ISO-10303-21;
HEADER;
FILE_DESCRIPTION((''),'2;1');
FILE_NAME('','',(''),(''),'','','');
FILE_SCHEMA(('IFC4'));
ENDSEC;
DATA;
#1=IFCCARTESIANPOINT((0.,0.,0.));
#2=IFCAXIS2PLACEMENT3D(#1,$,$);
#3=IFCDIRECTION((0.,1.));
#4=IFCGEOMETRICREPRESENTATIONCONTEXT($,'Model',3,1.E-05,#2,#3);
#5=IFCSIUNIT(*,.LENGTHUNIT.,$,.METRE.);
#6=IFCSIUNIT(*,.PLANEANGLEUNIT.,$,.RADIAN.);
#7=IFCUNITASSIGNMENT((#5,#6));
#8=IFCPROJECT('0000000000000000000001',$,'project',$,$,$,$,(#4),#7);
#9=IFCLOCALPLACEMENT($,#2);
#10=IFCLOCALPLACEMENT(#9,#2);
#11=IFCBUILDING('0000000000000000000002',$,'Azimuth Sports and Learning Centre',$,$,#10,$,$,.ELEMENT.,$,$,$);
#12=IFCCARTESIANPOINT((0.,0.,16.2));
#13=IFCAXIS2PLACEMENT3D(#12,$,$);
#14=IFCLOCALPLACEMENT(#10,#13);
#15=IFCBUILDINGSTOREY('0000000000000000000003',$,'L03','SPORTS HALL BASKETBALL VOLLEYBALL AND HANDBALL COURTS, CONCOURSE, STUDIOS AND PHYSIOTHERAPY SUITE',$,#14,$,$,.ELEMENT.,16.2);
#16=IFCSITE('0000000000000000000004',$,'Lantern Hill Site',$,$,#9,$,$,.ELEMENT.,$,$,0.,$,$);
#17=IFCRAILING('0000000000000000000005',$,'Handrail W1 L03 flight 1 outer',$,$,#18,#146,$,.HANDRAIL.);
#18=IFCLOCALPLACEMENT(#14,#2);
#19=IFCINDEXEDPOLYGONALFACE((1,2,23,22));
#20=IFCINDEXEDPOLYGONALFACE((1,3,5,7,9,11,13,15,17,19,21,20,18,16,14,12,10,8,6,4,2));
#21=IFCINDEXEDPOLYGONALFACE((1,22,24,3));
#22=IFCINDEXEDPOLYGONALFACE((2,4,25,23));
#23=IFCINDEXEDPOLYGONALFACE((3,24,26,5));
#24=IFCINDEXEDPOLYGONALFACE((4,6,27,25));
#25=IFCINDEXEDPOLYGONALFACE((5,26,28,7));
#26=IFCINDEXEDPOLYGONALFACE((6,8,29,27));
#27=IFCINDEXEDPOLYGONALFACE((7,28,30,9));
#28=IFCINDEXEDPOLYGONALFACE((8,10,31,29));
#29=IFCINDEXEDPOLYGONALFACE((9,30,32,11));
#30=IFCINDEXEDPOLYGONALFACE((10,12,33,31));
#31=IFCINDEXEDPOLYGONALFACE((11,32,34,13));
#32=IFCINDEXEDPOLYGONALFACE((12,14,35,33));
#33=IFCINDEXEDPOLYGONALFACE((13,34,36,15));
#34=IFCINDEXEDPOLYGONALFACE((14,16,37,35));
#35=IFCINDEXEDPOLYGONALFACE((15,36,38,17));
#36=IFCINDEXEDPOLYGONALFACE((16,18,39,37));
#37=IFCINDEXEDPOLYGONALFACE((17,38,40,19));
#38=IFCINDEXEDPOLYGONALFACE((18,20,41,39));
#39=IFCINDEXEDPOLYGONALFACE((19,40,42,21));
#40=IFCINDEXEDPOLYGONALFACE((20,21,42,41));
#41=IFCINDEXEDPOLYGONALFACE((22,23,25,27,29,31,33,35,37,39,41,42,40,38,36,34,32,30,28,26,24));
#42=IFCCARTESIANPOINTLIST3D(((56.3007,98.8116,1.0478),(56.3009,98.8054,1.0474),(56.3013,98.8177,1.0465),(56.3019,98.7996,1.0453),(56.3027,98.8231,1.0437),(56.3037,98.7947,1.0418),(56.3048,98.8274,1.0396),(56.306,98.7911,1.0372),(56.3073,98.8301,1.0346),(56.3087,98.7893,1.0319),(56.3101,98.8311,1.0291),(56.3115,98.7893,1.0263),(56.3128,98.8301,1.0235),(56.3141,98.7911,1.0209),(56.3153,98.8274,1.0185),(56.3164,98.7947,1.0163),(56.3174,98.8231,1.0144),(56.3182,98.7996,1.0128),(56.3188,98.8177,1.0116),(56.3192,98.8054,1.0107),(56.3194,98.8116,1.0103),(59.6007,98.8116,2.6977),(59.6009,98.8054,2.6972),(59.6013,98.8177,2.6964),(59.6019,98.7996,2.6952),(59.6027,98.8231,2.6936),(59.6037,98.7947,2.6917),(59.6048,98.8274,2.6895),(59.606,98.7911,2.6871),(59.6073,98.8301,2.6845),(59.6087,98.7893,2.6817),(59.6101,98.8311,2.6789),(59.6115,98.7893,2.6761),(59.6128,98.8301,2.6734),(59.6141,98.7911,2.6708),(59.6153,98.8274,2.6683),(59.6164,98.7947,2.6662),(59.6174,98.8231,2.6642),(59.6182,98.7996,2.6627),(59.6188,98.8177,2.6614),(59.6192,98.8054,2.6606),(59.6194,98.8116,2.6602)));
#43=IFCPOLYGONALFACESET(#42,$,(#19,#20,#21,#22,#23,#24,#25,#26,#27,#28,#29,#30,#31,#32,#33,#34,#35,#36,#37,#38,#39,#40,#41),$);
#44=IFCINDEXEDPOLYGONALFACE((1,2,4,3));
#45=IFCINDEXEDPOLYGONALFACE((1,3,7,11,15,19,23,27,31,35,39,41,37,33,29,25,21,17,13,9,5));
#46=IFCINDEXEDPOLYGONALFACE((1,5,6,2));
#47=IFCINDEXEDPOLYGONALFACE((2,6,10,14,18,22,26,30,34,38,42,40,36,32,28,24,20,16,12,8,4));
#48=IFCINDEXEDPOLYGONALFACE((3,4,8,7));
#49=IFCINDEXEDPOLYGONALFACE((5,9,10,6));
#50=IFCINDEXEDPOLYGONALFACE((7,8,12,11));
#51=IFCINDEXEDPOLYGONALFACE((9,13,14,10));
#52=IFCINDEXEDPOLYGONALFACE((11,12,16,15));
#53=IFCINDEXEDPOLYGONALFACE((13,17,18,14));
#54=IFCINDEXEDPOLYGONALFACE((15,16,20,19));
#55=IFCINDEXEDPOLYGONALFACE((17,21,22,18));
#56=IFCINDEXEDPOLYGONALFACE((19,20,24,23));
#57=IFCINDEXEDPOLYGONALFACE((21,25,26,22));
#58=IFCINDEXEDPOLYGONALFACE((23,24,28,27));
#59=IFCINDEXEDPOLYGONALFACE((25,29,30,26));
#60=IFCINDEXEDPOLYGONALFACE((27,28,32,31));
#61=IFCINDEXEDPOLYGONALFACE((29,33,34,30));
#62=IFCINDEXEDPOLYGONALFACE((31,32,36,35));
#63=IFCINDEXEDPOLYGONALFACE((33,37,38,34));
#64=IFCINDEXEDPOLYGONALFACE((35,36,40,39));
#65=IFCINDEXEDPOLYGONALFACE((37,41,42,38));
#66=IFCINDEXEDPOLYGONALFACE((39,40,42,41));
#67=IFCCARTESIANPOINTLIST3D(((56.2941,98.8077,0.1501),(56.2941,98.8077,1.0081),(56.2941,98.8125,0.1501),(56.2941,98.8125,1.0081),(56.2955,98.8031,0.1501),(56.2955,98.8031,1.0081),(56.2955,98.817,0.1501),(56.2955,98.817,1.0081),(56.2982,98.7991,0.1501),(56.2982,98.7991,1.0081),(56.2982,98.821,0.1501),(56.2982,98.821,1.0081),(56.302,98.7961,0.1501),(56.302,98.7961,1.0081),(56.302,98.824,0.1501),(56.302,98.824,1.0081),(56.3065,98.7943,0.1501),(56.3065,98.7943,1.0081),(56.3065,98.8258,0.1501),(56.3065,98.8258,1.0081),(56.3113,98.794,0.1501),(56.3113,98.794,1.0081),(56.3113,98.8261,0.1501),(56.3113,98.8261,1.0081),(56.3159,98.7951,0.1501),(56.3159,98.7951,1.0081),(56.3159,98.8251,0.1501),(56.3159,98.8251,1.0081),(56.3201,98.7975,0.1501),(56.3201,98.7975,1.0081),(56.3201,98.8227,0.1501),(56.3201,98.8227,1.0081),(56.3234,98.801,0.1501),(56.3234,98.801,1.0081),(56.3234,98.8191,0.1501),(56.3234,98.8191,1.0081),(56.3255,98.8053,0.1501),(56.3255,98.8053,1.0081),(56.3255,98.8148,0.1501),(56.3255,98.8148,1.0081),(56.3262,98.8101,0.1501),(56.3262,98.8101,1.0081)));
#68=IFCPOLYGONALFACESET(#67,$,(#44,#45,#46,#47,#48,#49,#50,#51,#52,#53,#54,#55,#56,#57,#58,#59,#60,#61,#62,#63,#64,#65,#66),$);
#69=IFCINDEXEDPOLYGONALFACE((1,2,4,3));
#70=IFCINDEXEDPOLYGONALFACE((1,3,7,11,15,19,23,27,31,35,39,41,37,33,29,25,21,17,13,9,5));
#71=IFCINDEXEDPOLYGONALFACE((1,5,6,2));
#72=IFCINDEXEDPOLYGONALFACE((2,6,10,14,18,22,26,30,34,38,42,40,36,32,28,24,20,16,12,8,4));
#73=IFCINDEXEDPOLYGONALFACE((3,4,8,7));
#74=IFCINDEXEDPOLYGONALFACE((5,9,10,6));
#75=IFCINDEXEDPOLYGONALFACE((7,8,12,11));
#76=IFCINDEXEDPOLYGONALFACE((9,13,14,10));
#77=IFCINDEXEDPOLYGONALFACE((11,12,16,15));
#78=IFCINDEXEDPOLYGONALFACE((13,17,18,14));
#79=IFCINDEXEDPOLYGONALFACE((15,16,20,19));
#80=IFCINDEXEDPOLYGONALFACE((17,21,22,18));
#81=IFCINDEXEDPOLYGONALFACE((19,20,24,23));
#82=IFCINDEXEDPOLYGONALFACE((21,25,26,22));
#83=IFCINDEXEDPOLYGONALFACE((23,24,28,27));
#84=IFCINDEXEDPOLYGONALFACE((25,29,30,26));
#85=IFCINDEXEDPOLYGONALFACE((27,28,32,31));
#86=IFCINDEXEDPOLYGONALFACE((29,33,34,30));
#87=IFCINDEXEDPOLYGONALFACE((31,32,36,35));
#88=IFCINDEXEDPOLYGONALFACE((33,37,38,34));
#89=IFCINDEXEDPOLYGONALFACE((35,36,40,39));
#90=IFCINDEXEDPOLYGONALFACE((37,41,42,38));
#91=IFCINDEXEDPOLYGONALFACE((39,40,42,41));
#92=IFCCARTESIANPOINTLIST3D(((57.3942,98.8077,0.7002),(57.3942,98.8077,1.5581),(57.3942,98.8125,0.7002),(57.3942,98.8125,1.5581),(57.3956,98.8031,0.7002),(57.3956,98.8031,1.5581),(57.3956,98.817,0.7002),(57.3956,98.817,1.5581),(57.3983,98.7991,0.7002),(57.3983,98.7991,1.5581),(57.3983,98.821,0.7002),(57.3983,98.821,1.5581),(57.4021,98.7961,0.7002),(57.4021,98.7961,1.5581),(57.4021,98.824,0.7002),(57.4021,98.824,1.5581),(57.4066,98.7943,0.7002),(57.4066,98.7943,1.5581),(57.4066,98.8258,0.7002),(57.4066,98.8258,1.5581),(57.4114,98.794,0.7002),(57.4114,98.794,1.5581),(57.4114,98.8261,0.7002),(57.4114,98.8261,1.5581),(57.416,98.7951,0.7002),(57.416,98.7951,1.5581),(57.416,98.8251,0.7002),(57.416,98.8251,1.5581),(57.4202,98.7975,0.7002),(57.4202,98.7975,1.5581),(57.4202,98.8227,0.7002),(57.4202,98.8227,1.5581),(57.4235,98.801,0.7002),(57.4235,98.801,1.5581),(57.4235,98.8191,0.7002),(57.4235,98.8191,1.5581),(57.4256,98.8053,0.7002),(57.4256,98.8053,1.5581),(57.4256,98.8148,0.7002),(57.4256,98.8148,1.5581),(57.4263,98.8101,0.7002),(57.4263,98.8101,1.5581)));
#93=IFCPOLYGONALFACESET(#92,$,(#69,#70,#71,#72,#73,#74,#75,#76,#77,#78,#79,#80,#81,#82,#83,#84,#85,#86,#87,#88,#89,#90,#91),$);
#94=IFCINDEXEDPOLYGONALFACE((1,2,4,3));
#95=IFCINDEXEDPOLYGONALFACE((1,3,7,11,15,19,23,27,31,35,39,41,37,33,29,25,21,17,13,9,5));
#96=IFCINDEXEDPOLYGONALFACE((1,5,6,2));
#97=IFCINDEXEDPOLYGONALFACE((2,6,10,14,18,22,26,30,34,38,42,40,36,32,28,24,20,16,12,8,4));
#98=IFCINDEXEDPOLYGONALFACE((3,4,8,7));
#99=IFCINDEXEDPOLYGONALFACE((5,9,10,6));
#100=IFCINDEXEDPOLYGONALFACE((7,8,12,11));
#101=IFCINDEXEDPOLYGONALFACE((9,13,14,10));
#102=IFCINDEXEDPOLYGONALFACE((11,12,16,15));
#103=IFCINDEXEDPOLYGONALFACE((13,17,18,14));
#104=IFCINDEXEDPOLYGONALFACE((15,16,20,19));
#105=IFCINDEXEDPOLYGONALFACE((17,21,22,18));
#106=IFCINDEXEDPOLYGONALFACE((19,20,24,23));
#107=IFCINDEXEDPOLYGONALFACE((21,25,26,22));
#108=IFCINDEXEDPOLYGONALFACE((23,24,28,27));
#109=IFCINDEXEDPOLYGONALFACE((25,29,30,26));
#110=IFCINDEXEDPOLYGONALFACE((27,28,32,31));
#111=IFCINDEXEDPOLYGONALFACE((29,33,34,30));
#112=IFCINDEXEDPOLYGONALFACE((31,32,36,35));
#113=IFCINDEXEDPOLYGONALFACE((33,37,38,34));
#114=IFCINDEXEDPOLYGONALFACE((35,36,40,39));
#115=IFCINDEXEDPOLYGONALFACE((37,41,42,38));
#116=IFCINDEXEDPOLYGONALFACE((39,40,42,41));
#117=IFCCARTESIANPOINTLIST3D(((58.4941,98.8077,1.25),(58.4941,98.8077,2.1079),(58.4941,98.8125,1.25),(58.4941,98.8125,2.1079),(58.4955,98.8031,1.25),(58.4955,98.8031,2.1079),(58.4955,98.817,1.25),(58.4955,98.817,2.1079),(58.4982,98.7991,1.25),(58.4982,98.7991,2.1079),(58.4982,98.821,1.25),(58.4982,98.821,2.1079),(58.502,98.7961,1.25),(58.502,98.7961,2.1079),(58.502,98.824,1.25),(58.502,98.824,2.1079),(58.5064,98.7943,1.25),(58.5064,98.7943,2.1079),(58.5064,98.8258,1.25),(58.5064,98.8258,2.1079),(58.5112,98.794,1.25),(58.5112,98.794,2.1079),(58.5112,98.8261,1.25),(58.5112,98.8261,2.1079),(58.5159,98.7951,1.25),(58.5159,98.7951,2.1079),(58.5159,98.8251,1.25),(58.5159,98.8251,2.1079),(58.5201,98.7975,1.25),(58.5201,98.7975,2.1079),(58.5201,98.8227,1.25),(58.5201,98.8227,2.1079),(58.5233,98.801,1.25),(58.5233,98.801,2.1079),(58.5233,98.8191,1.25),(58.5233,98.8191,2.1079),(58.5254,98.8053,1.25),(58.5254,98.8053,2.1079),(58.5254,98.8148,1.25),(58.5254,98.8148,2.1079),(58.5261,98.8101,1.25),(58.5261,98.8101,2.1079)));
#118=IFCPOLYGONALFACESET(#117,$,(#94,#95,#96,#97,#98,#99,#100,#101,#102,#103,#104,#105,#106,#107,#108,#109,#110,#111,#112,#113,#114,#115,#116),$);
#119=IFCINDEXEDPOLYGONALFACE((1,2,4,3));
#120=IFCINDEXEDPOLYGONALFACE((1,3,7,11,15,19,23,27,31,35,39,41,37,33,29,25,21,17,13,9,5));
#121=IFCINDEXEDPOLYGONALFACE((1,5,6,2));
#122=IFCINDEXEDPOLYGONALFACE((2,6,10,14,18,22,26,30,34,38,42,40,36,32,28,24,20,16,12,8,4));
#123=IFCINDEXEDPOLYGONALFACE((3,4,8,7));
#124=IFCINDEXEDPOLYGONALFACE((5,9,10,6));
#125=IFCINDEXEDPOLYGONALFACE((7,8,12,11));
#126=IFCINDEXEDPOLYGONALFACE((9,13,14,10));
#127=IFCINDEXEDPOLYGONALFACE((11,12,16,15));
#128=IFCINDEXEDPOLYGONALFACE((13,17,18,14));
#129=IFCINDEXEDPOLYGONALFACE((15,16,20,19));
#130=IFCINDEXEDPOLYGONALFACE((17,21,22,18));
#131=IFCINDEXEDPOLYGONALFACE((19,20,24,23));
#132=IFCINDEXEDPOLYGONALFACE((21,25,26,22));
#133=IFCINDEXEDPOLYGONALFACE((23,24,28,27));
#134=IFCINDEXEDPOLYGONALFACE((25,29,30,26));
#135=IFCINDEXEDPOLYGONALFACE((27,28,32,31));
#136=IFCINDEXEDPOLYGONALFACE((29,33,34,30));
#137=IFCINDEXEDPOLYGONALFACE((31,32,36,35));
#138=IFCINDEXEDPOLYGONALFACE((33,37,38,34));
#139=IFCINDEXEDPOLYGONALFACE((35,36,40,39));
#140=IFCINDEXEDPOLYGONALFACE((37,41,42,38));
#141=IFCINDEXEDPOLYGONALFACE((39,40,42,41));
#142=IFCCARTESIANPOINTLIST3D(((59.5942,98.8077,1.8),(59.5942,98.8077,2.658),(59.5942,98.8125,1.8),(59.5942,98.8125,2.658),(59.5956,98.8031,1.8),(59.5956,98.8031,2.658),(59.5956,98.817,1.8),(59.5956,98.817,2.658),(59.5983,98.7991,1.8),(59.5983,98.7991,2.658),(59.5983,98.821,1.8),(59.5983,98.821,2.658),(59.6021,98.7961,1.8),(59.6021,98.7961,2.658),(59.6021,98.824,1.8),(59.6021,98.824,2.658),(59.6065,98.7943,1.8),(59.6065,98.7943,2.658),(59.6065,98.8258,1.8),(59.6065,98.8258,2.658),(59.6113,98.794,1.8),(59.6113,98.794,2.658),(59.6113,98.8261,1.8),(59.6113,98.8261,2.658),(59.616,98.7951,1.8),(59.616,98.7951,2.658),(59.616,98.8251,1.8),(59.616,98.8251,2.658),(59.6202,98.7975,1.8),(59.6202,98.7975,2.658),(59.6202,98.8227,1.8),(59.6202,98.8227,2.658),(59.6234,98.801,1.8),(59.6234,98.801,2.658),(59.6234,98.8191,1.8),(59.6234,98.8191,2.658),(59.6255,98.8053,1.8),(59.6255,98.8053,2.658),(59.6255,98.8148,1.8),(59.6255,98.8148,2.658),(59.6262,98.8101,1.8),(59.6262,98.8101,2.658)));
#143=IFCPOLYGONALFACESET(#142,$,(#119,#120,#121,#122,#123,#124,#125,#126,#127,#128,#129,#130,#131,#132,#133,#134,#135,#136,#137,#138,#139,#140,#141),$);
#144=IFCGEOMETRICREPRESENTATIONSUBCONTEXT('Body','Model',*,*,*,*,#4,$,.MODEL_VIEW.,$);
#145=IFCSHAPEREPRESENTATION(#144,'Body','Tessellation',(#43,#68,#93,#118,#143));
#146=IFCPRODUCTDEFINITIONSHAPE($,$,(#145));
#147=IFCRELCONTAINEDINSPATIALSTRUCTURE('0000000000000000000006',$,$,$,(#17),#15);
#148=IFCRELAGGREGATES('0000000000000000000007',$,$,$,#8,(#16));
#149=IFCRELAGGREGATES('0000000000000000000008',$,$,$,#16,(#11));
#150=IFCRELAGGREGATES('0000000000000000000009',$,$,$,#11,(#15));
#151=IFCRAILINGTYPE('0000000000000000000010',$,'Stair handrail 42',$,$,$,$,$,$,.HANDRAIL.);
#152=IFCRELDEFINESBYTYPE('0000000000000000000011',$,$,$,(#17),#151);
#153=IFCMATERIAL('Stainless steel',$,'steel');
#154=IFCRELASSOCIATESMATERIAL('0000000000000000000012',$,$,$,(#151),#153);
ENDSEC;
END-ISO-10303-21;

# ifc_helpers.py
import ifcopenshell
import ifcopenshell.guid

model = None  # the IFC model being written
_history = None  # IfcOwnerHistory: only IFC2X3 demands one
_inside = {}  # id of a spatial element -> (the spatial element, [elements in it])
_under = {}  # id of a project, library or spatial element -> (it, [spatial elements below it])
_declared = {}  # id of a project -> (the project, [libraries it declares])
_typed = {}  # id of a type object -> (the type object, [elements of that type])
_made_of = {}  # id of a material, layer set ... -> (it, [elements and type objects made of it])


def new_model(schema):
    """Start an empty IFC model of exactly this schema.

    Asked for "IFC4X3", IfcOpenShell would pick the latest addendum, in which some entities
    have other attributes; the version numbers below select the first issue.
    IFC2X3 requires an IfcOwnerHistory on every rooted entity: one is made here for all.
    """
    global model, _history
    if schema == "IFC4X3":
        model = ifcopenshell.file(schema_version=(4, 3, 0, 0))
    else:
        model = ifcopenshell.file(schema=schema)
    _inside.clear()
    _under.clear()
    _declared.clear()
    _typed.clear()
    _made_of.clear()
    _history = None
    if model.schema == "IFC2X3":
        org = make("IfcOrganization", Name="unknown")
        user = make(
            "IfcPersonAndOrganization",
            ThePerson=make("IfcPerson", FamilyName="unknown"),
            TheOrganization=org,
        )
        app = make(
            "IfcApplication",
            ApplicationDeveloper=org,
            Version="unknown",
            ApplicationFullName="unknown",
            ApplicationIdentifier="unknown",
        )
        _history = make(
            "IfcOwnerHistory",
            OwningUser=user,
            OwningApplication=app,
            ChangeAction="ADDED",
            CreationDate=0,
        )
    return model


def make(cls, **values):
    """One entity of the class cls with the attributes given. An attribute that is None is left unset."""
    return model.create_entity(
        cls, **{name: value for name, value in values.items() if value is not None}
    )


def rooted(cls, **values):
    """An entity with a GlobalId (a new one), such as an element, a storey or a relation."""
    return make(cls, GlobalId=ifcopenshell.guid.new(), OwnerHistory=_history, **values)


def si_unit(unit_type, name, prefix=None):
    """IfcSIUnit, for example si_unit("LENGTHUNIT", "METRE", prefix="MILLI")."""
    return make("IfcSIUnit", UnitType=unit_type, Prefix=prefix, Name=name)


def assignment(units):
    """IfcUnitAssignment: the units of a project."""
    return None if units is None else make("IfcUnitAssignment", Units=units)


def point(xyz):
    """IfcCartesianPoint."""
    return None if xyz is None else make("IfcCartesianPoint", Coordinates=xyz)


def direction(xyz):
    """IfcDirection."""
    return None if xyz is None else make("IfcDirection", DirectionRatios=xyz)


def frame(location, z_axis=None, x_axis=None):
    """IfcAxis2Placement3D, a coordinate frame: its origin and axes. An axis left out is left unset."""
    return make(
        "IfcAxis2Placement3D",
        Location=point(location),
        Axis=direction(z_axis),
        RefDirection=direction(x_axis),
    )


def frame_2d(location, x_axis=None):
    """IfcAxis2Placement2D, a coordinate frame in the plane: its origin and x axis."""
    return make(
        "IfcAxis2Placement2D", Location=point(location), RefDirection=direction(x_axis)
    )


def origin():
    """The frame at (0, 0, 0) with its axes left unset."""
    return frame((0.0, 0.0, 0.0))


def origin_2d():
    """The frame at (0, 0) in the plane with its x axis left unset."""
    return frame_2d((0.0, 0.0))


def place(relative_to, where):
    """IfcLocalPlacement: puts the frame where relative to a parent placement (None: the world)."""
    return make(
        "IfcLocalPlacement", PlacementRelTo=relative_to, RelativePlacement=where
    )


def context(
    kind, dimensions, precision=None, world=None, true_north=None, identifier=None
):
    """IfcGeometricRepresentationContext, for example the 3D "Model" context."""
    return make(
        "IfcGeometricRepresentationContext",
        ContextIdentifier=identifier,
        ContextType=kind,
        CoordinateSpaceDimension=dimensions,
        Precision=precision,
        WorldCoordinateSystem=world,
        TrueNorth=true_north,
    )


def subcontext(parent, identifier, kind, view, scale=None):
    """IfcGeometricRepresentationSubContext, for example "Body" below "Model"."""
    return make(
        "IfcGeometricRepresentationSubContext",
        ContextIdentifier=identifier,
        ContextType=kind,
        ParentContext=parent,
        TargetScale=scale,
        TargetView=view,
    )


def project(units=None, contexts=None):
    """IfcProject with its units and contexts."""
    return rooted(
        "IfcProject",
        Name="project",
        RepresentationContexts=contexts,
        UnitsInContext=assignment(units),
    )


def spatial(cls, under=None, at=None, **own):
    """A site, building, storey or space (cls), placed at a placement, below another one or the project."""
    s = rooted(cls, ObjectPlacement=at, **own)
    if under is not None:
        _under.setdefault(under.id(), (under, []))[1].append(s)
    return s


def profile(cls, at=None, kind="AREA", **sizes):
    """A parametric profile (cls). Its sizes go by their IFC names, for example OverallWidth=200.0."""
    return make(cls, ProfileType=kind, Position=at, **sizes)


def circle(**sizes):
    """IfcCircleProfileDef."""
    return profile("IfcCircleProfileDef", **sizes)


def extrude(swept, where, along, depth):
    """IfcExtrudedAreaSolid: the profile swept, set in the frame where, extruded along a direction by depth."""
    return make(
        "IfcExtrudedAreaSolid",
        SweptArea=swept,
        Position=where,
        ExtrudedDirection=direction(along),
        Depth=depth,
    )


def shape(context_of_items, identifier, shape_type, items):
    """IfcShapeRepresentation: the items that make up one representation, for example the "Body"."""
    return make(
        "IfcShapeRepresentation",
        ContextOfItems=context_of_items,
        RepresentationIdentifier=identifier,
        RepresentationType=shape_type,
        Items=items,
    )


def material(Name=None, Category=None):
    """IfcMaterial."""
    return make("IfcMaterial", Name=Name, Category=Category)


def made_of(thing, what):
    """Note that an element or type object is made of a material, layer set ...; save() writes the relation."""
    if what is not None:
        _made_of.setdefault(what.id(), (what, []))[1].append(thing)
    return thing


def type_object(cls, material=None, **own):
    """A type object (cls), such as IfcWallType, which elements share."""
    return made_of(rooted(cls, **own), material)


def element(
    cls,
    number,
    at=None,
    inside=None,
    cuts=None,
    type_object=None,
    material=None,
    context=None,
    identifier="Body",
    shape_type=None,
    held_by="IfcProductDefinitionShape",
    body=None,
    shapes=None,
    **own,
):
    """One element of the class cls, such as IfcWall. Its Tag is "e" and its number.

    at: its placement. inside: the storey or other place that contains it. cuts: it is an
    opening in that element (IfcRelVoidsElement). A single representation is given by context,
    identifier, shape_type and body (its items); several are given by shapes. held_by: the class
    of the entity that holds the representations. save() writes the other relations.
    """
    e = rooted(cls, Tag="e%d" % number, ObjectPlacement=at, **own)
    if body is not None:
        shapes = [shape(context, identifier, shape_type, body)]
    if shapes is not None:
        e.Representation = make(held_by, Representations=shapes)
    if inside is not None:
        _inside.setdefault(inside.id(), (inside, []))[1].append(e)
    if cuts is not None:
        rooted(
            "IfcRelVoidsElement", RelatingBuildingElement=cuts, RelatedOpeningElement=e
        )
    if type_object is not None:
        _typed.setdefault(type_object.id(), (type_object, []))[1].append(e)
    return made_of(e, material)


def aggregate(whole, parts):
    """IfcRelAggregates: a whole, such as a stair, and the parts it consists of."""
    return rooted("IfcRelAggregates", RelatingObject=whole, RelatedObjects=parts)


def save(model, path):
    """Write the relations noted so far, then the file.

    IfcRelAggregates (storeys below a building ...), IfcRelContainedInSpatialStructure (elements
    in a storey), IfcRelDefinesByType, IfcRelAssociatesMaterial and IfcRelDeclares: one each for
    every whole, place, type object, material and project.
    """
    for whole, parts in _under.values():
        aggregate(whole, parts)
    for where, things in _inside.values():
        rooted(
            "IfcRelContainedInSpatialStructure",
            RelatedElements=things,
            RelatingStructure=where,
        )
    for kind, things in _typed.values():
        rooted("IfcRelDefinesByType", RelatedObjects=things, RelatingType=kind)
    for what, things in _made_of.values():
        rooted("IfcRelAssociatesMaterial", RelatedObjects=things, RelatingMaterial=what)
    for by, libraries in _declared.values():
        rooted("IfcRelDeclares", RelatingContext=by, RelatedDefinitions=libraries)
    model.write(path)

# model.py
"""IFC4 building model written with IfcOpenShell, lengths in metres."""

from ifc_helpers import new_model, si_unit, direction, frame, origin, origin_2d, place, context, subcontext, project, spatial, circle, extrude, material, type_object, element, save


model = new_model("IFC4")

# Units and contexts
model_context = context("Model", 3, precision=1e-05, world=origin(), true_north=direction((0.0, 1.0)))
body_context = subcontext(model_context, "Body", "Model", "MODEL_VIEW")
ifc_project = project(units=[si_unit("LENGTHUNIT", "METRE"), si_unit("PLANEANGLEUNIT", "RADIAN")], contexts=[model_context])

# Site, building, storey
site_placement = place(None, origin())
site = spatial("IfcSite", under=ifc_project, at=site_placement, Name="Lantern Hill Site", CompositionType="ELEMENT", RefElevation=0.0)
building_placement = place(site_placement, origin())
building = spatial("IfcBuilding", under=site, at=building_placement, Name="Azimuth Sports and Learning Centre", CompositionType="ELEMENT")
storey_placement = place(building_placement, frame((0.0, 0.0, 16.2)))
storey = spatial("IfcBuildingStorey", under=building, at=storey_placement, Name="L03", Description="SPORTS HALL BASKETBALL VOLLEYBALL AND HANDBALL COURTS, CONCOURSE, STUDIOS AND PHYSIOTHERAPY SUITE", CompositionType="ELEMENT", Elevation=16.2)

# Railing
ifc_material_1 = material(Name="Stainless steel", Category="steel")
railing_type_1 = type_object("IfcRailingType", Name="Stair handrail 42", PredefinedType="HANDRAIL", material=ifc_material_1)
for number, where, name in (
    (1, (56.3101, 98.8101, 0.1501), "Handrail W1 L03 flight 1 outer"),
):
    element("IfcRailing", number, at=place(storey_placement, frame(where)), inside=storey, type_object=railing_type_1, Name=name, PredefinedType="HANDRAIL", context=body_context, shape_type="SweptSolid", body=[
        extrude(circle(Radius=0.021, at=origin_2d()), frame((0.0, 0.0, 0.8789), z_axis=(0.89444, 0.0, 0.447187), x_axis=(0.0, 1.0, 0.0)), (0.0, 0.0, 1.0), 3.6895),
        extrude(circle(Radius=0.0161, at=origin_2d()), origin(), (0.0, 0.0, 1.0), 0.8579),
        extrude(circle(Radius=0.0161, at=origin_2d()), frame((1.1001, 0.0, 0.55)), (0.0, 0.0, 1.0), 0.8579),
        extrude(circle(Radius=0.0161, at=origin_2d()), frame((2.2, 0.0, 1.0999)), (0.0, 0.0, 1.0), 0.8579),
        extrude(circle(Radius=0.0161, at=origin_2d()), frame((3.3, 0.0, 1.6499)), (0.0, 0.0, 1.0), 0.8579),
    ])

save(model, "model.ifc")
